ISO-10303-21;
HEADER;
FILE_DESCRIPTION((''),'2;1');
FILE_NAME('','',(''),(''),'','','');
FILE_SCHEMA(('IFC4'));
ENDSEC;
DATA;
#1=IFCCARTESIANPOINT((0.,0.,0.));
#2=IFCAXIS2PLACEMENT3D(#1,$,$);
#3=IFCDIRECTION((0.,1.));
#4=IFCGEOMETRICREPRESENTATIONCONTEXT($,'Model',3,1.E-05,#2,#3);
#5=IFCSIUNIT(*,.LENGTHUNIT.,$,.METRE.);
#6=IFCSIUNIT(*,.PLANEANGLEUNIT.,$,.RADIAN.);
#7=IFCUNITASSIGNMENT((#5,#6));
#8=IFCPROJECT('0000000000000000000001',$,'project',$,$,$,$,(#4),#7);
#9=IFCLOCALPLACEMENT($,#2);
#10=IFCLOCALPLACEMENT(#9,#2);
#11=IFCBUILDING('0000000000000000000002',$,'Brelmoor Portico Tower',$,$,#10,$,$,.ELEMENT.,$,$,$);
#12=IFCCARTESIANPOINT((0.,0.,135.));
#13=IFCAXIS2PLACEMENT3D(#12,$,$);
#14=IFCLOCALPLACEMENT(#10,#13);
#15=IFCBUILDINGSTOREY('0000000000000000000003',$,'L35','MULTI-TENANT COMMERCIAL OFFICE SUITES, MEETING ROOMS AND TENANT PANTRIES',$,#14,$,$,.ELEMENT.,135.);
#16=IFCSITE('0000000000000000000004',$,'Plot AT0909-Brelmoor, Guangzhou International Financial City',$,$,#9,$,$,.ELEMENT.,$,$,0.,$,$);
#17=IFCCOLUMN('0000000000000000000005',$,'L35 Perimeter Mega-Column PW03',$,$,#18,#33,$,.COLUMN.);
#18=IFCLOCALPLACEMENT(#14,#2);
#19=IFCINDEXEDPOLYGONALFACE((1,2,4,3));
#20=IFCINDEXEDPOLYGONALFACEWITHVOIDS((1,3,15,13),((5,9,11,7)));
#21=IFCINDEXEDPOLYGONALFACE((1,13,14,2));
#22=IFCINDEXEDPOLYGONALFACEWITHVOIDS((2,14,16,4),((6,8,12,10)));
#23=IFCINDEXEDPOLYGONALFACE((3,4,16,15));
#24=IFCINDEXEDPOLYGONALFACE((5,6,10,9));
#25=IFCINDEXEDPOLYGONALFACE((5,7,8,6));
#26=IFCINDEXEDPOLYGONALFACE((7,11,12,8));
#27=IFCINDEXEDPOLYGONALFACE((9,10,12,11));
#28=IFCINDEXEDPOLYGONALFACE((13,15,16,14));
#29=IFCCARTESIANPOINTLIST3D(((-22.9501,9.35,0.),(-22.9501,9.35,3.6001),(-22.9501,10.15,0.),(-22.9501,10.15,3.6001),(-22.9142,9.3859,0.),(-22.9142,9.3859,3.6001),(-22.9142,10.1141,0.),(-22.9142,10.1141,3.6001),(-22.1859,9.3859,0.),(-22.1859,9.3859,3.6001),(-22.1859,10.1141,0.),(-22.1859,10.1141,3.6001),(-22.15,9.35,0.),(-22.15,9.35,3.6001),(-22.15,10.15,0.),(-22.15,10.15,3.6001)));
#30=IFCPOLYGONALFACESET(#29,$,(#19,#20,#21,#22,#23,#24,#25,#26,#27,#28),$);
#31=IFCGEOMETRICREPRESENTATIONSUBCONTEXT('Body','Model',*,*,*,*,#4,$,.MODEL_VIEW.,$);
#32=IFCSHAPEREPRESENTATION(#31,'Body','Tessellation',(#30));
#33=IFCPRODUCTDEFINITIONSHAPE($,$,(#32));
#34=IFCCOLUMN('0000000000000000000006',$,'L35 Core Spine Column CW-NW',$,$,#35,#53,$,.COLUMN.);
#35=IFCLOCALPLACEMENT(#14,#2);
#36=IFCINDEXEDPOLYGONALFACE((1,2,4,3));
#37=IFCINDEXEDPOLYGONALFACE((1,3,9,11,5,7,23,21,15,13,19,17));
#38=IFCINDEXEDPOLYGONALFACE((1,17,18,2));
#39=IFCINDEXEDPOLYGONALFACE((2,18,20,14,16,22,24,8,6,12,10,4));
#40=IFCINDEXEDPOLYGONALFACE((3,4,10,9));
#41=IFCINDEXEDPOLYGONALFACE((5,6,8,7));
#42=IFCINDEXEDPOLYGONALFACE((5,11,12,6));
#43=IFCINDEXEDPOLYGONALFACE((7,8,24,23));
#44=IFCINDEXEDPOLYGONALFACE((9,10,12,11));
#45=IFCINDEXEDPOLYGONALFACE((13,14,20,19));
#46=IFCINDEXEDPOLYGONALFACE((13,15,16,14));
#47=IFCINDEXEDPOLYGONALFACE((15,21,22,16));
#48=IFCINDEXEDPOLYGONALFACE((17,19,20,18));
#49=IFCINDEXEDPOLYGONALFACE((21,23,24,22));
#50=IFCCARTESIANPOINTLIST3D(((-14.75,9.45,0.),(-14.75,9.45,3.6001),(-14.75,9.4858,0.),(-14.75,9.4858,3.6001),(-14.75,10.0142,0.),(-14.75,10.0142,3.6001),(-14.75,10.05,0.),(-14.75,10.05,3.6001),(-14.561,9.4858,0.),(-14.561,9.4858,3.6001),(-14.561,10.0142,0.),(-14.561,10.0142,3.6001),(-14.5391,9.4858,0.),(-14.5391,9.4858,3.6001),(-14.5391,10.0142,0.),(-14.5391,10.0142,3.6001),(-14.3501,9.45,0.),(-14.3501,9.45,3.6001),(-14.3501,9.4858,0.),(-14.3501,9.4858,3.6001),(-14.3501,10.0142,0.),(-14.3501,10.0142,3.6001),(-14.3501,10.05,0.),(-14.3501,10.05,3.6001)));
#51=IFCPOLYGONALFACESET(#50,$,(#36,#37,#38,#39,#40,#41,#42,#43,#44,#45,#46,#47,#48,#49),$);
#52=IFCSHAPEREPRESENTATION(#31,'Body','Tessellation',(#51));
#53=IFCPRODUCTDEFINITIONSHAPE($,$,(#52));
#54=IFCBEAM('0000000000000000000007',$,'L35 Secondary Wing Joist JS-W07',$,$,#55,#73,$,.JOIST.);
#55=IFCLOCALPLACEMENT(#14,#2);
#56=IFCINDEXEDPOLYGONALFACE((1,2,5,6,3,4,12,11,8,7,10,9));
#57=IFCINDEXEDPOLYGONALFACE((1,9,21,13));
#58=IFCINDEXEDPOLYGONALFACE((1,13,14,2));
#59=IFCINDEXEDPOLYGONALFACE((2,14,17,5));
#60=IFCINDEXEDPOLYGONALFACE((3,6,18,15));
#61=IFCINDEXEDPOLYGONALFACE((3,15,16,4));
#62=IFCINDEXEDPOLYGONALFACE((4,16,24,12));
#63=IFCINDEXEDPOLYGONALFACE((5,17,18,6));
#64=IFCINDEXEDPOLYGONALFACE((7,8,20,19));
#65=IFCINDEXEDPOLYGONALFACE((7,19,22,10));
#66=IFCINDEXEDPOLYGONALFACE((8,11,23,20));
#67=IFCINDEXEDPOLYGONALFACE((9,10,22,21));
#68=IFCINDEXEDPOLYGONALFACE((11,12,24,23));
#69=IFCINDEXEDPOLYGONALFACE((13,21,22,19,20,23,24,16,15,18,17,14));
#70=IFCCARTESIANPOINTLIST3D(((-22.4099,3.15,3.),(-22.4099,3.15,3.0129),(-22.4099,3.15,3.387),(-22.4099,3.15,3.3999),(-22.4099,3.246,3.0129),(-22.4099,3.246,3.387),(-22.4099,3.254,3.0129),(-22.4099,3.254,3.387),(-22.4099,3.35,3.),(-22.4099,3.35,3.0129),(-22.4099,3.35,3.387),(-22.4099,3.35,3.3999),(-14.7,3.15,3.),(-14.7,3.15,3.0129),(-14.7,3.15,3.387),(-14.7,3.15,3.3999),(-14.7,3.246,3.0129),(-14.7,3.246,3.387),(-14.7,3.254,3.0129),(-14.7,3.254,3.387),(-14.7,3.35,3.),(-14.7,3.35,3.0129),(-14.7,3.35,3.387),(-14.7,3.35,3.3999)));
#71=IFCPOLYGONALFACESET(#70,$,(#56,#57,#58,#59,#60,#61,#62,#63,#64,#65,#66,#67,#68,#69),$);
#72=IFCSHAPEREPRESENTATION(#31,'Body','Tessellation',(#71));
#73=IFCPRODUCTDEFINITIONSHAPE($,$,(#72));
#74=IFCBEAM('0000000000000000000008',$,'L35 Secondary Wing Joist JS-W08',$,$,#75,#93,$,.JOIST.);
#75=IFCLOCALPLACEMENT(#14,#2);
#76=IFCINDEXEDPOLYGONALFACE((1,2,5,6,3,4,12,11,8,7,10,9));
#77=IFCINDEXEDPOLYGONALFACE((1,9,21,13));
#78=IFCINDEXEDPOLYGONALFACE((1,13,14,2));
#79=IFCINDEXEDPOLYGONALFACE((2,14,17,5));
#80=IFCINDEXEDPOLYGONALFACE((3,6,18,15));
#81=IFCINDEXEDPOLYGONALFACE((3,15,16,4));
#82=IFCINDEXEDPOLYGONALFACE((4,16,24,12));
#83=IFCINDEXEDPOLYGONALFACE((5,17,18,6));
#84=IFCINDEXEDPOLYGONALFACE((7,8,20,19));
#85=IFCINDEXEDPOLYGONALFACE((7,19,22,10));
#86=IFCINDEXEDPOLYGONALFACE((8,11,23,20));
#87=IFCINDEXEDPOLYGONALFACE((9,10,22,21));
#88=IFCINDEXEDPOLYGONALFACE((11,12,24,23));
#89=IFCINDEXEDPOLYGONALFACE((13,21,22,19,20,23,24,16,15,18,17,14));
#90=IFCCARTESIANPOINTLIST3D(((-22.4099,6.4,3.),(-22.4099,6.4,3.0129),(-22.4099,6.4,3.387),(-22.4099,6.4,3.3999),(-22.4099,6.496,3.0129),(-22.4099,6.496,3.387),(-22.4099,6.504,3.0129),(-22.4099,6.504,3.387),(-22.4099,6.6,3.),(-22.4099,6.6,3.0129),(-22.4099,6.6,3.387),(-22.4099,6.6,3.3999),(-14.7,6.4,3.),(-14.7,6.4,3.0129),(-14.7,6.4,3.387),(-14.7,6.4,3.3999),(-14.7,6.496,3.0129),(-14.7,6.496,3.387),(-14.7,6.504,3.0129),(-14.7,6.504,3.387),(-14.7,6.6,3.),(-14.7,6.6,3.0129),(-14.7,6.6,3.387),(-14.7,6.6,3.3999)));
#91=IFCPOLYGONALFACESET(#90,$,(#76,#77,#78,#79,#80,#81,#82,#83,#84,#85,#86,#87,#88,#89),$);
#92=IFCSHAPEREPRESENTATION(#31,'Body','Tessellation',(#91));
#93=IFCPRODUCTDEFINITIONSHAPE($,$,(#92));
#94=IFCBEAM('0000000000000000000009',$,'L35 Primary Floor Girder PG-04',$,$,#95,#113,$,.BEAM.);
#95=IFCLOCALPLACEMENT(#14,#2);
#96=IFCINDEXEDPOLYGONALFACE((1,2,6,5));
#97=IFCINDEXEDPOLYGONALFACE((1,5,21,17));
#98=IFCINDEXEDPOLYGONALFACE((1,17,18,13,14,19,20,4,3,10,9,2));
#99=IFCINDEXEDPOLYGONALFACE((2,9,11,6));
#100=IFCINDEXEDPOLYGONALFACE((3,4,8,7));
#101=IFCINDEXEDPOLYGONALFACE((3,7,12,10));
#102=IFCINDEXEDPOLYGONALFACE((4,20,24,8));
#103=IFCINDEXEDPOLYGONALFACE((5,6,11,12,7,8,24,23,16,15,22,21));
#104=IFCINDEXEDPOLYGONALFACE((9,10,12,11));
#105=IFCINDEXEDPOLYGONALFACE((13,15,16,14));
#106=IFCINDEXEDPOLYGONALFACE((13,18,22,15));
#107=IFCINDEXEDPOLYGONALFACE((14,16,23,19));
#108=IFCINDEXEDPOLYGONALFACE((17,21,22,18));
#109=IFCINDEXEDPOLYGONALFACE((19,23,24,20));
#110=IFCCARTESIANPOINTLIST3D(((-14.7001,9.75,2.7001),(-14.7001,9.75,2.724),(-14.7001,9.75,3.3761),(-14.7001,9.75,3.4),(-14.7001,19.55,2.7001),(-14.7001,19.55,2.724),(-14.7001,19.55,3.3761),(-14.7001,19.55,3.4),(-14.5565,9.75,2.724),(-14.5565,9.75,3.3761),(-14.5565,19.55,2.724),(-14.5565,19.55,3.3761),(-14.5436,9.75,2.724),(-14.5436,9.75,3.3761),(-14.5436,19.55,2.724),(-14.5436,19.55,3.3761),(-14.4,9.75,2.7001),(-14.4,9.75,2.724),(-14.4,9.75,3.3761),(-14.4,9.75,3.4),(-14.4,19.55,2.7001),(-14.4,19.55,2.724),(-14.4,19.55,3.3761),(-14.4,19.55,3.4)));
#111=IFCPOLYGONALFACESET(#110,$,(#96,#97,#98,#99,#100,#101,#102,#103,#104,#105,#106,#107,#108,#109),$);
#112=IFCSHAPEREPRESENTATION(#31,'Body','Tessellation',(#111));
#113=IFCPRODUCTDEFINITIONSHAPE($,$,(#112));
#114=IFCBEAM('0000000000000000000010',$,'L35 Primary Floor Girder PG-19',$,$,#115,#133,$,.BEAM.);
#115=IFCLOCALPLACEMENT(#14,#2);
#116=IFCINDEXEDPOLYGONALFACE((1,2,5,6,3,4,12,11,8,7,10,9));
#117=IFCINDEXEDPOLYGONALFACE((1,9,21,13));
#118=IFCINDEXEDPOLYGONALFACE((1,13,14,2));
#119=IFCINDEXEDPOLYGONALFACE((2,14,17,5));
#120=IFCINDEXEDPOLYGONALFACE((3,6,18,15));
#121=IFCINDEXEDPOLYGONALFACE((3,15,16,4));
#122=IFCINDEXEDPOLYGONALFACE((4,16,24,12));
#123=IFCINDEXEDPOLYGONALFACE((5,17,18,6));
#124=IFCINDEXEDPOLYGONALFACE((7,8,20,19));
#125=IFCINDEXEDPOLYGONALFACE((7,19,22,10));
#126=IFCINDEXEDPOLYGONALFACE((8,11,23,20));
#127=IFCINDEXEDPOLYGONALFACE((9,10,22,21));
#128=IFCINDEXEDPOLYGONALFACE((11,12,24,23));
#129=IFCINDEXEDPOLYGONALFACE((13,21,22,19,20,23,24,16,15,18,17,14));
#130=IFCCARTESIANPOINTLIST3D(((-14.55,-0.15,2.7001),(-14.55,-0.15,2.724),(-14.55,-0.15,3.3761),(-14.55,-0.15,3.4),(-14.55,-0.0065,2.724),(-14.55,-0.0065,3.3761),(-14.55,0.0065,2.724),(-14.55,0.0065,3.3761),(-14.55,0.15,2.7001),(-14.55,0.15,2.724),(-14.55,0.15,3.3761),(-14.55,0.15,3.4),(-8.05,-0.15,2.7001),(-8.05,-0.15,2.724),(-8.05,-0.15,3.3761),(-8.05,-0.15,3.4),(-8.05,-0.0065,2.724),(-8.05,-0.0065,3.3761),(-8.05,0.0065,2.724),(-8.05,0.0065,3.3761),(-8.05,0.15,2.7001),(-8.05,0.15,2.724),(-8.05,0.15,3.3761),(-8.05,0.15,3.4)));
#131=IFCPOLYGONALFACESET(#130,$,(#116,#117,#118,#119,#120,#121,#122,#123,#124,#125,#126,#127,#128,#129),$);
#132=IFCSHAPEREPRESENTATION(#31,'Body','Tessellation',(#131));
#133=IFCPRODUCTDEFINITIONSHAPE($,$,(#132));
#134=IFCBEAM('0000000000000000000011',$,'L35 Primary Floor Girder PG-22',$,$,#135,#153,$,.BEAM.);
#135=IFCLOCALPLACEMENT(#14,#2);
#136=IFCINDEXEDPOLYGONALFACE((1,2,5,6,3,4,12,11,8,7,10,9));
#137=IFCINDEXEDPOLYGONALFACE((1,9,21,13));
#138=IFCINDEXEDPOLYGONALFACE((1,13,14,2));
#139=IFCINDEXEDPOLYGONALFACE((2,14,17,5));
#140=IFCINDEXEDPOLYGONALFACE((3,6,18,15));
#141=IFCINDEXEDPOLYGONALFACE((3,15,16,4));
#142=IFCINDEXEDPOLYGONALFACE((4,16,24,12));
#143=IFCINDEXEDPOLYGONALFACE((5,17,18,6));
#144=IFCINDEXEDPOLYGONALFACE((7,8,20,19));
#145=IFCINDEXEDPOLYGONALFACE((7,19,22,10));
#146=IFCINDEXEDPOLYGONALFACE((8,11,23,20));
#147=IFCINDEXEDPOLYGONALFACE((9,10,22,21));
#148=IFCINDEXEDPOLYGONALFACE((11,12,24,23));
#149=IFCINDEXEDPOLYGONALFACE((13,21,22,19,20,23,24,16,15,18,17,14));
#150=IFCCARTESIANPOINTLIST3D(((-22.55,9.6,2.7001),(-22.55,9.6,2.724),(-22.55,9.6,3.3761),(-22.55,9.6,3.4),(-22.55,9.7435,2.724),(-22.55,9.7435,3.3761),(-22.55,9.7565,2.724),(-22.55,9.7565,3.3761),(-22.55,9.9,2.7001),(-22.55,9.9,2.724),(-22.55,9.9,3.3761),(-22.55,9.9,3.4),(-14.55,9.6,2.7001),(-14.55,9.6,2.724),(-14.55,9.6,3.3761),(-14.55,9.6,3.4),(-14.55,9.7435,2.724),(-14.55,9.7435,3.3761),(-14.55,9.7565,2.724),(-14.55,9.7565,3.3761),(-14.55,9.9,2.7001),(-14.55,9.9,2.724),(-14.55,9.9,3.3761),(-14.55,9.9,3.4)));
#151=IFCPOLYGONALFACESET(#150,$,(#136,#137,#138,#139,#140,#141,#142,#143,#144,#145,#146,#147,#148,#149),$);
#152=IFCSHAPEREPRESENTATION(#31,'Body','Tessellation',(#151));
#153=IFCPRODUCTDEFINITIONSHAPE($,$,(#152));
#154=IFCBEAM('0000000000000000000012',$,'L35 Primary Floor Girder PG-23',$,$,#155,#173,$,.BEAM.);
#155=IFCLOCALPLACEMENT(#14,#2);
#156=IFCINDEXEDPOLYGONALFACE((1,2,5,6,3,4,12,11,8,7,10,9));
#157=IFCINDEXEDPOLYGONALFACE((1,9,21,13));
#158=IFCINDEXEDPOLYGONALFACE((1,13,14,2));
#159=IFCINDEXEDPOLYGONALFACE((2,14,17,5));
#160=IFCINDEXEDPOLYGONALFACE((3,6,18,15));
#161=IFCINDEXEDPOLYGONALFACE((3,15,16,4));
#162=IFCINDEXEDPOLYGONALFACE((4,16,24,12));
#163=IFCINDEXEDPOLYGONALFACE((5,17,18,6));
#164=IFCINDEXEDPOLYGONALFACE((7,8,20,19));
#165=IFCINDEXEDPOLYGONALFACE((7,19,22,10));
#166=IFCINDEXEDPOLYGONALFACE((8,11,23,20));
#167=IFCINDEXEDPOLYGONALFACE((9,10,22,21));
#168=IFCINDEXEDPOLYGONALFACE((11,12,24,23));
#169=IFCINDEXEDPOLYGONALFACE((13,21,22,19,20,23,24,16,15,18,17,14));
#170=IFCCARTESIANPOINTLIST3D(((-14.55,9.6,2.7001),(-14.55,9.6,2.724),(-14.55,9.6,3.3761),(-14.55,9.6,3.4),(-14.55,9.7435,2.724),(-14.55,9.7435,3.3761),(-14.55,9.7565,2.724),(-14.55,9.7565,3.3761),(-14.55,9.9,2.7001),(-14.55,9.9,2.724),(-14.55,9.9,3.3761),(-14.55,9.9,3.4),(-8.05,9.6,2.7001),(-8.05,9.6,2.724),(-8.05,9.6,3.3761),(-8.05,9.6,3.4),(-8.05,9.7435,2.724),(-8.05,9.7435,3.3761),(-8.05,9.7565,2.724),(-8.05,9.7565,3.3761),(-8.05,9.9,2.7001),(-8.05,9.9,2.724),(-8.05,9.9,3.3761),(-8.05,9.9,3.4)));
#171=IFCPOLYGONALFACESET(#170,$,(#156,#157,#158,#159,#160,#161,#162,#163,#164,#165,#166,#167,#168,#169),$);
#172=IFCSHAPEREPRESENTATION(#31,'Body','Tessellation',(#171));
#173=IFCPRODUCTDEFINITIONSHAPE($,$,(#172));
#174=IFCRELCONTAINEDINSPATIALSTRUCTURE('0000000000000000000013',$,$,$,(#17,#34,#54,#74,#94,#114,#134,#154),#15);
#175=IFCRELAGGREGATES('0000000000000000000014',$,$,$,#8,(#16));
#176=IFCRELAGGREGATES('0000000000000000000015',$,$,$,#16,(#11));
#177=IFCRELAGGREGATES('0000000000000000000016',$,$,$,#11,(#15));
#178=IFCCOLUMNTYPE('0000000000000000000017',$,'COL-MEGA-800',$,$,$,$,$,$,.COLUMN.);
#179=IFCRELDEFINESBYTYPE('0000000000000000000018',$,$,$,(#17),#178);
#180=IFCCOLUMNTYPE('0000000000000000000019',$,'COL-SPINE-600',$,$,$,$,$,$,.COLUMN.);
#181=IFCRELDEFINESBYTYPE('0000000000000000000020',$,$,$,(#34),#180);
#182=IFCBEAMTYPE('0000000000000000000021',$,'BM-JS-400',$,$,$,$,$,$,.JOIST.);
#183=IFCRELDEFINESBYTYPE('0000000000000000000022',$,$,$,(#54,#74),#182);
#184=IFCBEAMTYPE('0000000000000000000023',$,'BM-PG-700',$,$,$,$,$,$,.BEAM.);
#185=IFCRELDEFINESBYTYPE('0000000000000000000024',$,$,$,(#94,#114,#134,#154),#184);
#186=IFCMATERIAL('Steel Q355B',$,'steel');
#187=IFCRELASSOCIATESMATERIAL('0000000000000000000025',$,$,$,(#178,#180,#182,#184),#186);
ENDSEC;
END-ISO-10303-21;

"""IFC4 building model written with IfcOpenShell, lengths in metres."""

from ifc_helpers import new_model, si_unit, direction, frame, origin, origin_2d, place, context, subcontext, project, spatial, hollow_rectangle, i_section, extrude, material, material_profile, profile_set, type_object, element, save


model = new_model("IFC4")

# Units and contexts
model_context = context("Model", 3, precision=1e-05, world=origin(), true_north=direction((0.0, 1.0)))
body_context = subcontext(model_context, "Body", "Model", "MODEL_VIEW")
ifc_project = project(units=[si_unit("LENGTHUNIT", "METRE"), si_unit("PLANEANGLEUNIT", "RADIAN")], contexts=[model_context])

# Site, building, storey
site_placement = place(None, origin())
site = spatial("IfcSite", under=ifc_project, at=site_placement, Name="Plot AT0909-Brelmoor, Guangzhou International Financial City", CompositionType="ELEMENT", RefElevation=0.0)
building_placement = place(site_placement, origin())
building = spatial("IfcBuilding", under=site, at=building_placement, Name="Brelmoor Portico Tower", CompositionType="ELEMENT")
storey_placement = place(building_placement, frame((0.0, 0.0, 135.0)))
storey = spatial("IfcBuildingStorey", under=building, at=storey_placement, Name="L35", Description="MULTI-TENANT COMMERCIAL OFFICE SUITES, MEETING ROOMS AND TENANT PANTRIES", CompositionType="ELEMENT", Elevation=135.0)

# Columns
ifc_material_1 = material(Name="Steel Q355B", Category="steel")
ifc_material_profile_1 = material_profile(ifc_material_1, hollow_rectangle(XDim=0.8, YDim=0.8, WallThickness=0.0359, at=origin_2d()), Name="BOX 800x800x36")
ifc_profile_set_1 = profile_set([ifc_material_profile_1], Name="Steel Q355B")
column_type_1 = type_object("IfcColumnType", Name="COL-MEGA-800", PredefinedType="COLUMN", material=ifc_profile_set_1)
column_1_placement = place(storey_placement, frame((-22.55, 9.75, 0.0), z_axis=(0.0, 0.0, 1.0), x_axis=(0.0, 1.0, 0.0)))
element("IfcColumn", 1, at=column_1_placement, inside=storey, type_object=column_type_1, Name="L35 Perimeter Mega-Column PW03", PredefinedType="COLUMN", context=body_context, shape_type="SweptSolid", body=[
    extrude(hollow_rectangle(XDim=0.8, YDim=0.8, WallThickness=0.0359, at=origin_2d()), origin(), (0.0, 0.0, 1.0), 3.6001),
])
ifc_material_profile_2 = material_profile(ifc_material_1, i_section(OverallWidth=0.3999, OverallDepth=0.6001, WebThickness=0.022, FlangeThickness=0.0359, at=origin_2d()), Name="HW 600x400x22x36")
ifc_profile_set_2 = profile_set([ifc_material_profile_2], Name="Steel Q355B")
column_type_2 = type_object("IfcColumnType", Name="COL-SPINE-600", PredefinedType="COLUMN", material=ifc_profile_set_2)
column_2_placement = place(storey_placement, frame((-14.55, 9.75, 0.0), z_axis=(0.0, 0.0, 1.0), x_axis=(1.0, 0.0, 0.0)))
element("IfcColumn", 2, at=column_2_placement, inside=storey, type_object=column_type_2, Name="L35 Core Spine Column CW-NW", PredefinedType="COLUMN", context=body_context, shape_type="SweptSolid", body=[
    extrude(i_section(OverallWidth=0.3999, OverallDepth=0.6001, WebThickness=0.022, FlangeThickness=0.0359, at=origin_2d()), origin(), (0.0, 0.0, 1.0), 3.6001),
])

# Beams
ifc_material_profile_3 = material_profile(ifc_material_1, i_section(OverallWidth=0.2, OverallDepth=0.3999, WebThickness=0.0081, FlangeThickness=0.0129, at=origin_2d()), Name="HN 400x200x8x13")
ifc_profile_set_3 = profile_set([ifc_material_profile_3], Name="Steel Q355B")
beam_type_1 = type_object("IfcBeamType", Name="BM-JS-400", PredefinedType="JOIST", material=ifc_profile_set_3)
for number, where, z_axis, x_axis, name in (
    (3, (-22.4099, 3.25, 3.2), (1.0, 0.0, 0.0), (0.0, 1.0, 0.0), "L35 Secondary Wing Joist JS-W07"),
    (4, (-22.4099, 6.5, 3.2), (1.0, 0.0, 0.0), (0.0, 1.0, 0.0), "L35 Secondary Wing Joist JS-W08"),
):
    element("IfcBeam", number, at=place(storey_placement, frame(where, z_axis=z_axis, x_axis=x_axis)), inside=storey, type_object=beam_type_1, Name=name, PredefinedType="JOIST", context=body_context, shape_type="SweptSolid", body=[
        extrude(i_section(OverallWidth=0.2, OverallDepth=0.3999, WebThickness=0.0081, FlangeThickness=0.0129, at=origin_2d()), origin(), (0.0, 0.0, 1.0), 7.71),
    ])
ifc_material_profile_4 = material_profile(ifc_material_1, i_section(OverallWidth=0.3, OverallDepth=0.7, WebThickness=0.0129, FlangeThickness=0.0239, at=origin_2d()), Name="HN 700x300x13x24")
ifc_profile_set_4 = profile_set([ifc_material_profile_4], Name="Steel Q355B")
beam_type_2 = type_object("IfcBeamType", Name="BM-PG-700", PredefinedType="BEAM", material=ifc_profile_set_4)
beam_1_placement = place(storey_placement, frame((-14.55, 9.75, 3.05), z_axis=(0.0, 1.0, 0.0), x_axis=(-1.0, 0.0, 0.0)))
element("IfcBeam", 5, at=beam_1_placement, inside=storey, type_object=beam_type_2, Name="L35 Primary Floor Girder PG-04", PredefinedType="BEAM", context=body_context, shape_type="SweptSolid", body=[
    extrude(i_section(OverallWidth=0.3, OverallDepth=0.7, WebThickness=0.0129, FlangeThickness=0.0239, at=origin_2d()), origin(), (0.0, 0.0, 1.0), 9.8),
])
beam_2_placement = place(storey_placement, frame((-14.55, 0.0, 3.05), z_axis=(1.0, 0.0, 0.0), x_axis=(0.0, 1.0, 0.0)))
element("IfcBeam", 6, at=beam_2_placement, inside=storey, type_object=beam_type_2, Name="L35 Primary Floor Girder PG-19", PredefinedType="BEAM", context=body_context, shape_type="SweptSolid", body=[
    extrude(i_section(OverallWidth=0.3, OverallDepth=0.7, WebThickness=0.0129, FlangeThickness=0.0239, at=origin_2d()), origin(), (0.0, 0.0, 1.0), 6.5),
])
beam_3_placement = place(storey_placement, frame((-22.55, 9.75, 3.05), z_axis=(1.0, 0.0, 0.0), x_axis=(0.0, 1.0, 0.0)))
element("IfcBeam", 7, at=beam_3_placement, inside=storey, type_object=beam_type_2, Name="L35 Primary Floor Girder PG-22", PredefinedType="BEAM", context=body_context, shape_type="SweptSolid", body=[
    extrude(i_section(OverallWidth=0.3, OverallDepth=0.7, WebThickness=0.0129, FlangeThickness=0.0239, at=origin_2d()), origin(), (0.0, 0.0, 1.0), 8.0),
])
beam_4_placement = place(storey_placement, frame((-14.55, 9.75, 3.05), z_axis=(1.0, 0.0, 0.0), x_axis=(0.0, 1.0, 0.0)))
element("IfcBeam", 8, at=beam_4_placement, inside=storey, type_object=beam_type_2, Name="L35 Primary Floor Girder PG-23", PredefinedType="BEAM", context=body_context, shape_type="SweptSolid", body=[
    extrude(i_section(OverallWidth=0.3, OverallDepth=0.7, WebThickness=0.0129, FlangeThickness=0.0239, at=origin_2d()), origin(), (0.0, 0.0, 1.0), 6.5),
])

save(model, "model.ifc")
